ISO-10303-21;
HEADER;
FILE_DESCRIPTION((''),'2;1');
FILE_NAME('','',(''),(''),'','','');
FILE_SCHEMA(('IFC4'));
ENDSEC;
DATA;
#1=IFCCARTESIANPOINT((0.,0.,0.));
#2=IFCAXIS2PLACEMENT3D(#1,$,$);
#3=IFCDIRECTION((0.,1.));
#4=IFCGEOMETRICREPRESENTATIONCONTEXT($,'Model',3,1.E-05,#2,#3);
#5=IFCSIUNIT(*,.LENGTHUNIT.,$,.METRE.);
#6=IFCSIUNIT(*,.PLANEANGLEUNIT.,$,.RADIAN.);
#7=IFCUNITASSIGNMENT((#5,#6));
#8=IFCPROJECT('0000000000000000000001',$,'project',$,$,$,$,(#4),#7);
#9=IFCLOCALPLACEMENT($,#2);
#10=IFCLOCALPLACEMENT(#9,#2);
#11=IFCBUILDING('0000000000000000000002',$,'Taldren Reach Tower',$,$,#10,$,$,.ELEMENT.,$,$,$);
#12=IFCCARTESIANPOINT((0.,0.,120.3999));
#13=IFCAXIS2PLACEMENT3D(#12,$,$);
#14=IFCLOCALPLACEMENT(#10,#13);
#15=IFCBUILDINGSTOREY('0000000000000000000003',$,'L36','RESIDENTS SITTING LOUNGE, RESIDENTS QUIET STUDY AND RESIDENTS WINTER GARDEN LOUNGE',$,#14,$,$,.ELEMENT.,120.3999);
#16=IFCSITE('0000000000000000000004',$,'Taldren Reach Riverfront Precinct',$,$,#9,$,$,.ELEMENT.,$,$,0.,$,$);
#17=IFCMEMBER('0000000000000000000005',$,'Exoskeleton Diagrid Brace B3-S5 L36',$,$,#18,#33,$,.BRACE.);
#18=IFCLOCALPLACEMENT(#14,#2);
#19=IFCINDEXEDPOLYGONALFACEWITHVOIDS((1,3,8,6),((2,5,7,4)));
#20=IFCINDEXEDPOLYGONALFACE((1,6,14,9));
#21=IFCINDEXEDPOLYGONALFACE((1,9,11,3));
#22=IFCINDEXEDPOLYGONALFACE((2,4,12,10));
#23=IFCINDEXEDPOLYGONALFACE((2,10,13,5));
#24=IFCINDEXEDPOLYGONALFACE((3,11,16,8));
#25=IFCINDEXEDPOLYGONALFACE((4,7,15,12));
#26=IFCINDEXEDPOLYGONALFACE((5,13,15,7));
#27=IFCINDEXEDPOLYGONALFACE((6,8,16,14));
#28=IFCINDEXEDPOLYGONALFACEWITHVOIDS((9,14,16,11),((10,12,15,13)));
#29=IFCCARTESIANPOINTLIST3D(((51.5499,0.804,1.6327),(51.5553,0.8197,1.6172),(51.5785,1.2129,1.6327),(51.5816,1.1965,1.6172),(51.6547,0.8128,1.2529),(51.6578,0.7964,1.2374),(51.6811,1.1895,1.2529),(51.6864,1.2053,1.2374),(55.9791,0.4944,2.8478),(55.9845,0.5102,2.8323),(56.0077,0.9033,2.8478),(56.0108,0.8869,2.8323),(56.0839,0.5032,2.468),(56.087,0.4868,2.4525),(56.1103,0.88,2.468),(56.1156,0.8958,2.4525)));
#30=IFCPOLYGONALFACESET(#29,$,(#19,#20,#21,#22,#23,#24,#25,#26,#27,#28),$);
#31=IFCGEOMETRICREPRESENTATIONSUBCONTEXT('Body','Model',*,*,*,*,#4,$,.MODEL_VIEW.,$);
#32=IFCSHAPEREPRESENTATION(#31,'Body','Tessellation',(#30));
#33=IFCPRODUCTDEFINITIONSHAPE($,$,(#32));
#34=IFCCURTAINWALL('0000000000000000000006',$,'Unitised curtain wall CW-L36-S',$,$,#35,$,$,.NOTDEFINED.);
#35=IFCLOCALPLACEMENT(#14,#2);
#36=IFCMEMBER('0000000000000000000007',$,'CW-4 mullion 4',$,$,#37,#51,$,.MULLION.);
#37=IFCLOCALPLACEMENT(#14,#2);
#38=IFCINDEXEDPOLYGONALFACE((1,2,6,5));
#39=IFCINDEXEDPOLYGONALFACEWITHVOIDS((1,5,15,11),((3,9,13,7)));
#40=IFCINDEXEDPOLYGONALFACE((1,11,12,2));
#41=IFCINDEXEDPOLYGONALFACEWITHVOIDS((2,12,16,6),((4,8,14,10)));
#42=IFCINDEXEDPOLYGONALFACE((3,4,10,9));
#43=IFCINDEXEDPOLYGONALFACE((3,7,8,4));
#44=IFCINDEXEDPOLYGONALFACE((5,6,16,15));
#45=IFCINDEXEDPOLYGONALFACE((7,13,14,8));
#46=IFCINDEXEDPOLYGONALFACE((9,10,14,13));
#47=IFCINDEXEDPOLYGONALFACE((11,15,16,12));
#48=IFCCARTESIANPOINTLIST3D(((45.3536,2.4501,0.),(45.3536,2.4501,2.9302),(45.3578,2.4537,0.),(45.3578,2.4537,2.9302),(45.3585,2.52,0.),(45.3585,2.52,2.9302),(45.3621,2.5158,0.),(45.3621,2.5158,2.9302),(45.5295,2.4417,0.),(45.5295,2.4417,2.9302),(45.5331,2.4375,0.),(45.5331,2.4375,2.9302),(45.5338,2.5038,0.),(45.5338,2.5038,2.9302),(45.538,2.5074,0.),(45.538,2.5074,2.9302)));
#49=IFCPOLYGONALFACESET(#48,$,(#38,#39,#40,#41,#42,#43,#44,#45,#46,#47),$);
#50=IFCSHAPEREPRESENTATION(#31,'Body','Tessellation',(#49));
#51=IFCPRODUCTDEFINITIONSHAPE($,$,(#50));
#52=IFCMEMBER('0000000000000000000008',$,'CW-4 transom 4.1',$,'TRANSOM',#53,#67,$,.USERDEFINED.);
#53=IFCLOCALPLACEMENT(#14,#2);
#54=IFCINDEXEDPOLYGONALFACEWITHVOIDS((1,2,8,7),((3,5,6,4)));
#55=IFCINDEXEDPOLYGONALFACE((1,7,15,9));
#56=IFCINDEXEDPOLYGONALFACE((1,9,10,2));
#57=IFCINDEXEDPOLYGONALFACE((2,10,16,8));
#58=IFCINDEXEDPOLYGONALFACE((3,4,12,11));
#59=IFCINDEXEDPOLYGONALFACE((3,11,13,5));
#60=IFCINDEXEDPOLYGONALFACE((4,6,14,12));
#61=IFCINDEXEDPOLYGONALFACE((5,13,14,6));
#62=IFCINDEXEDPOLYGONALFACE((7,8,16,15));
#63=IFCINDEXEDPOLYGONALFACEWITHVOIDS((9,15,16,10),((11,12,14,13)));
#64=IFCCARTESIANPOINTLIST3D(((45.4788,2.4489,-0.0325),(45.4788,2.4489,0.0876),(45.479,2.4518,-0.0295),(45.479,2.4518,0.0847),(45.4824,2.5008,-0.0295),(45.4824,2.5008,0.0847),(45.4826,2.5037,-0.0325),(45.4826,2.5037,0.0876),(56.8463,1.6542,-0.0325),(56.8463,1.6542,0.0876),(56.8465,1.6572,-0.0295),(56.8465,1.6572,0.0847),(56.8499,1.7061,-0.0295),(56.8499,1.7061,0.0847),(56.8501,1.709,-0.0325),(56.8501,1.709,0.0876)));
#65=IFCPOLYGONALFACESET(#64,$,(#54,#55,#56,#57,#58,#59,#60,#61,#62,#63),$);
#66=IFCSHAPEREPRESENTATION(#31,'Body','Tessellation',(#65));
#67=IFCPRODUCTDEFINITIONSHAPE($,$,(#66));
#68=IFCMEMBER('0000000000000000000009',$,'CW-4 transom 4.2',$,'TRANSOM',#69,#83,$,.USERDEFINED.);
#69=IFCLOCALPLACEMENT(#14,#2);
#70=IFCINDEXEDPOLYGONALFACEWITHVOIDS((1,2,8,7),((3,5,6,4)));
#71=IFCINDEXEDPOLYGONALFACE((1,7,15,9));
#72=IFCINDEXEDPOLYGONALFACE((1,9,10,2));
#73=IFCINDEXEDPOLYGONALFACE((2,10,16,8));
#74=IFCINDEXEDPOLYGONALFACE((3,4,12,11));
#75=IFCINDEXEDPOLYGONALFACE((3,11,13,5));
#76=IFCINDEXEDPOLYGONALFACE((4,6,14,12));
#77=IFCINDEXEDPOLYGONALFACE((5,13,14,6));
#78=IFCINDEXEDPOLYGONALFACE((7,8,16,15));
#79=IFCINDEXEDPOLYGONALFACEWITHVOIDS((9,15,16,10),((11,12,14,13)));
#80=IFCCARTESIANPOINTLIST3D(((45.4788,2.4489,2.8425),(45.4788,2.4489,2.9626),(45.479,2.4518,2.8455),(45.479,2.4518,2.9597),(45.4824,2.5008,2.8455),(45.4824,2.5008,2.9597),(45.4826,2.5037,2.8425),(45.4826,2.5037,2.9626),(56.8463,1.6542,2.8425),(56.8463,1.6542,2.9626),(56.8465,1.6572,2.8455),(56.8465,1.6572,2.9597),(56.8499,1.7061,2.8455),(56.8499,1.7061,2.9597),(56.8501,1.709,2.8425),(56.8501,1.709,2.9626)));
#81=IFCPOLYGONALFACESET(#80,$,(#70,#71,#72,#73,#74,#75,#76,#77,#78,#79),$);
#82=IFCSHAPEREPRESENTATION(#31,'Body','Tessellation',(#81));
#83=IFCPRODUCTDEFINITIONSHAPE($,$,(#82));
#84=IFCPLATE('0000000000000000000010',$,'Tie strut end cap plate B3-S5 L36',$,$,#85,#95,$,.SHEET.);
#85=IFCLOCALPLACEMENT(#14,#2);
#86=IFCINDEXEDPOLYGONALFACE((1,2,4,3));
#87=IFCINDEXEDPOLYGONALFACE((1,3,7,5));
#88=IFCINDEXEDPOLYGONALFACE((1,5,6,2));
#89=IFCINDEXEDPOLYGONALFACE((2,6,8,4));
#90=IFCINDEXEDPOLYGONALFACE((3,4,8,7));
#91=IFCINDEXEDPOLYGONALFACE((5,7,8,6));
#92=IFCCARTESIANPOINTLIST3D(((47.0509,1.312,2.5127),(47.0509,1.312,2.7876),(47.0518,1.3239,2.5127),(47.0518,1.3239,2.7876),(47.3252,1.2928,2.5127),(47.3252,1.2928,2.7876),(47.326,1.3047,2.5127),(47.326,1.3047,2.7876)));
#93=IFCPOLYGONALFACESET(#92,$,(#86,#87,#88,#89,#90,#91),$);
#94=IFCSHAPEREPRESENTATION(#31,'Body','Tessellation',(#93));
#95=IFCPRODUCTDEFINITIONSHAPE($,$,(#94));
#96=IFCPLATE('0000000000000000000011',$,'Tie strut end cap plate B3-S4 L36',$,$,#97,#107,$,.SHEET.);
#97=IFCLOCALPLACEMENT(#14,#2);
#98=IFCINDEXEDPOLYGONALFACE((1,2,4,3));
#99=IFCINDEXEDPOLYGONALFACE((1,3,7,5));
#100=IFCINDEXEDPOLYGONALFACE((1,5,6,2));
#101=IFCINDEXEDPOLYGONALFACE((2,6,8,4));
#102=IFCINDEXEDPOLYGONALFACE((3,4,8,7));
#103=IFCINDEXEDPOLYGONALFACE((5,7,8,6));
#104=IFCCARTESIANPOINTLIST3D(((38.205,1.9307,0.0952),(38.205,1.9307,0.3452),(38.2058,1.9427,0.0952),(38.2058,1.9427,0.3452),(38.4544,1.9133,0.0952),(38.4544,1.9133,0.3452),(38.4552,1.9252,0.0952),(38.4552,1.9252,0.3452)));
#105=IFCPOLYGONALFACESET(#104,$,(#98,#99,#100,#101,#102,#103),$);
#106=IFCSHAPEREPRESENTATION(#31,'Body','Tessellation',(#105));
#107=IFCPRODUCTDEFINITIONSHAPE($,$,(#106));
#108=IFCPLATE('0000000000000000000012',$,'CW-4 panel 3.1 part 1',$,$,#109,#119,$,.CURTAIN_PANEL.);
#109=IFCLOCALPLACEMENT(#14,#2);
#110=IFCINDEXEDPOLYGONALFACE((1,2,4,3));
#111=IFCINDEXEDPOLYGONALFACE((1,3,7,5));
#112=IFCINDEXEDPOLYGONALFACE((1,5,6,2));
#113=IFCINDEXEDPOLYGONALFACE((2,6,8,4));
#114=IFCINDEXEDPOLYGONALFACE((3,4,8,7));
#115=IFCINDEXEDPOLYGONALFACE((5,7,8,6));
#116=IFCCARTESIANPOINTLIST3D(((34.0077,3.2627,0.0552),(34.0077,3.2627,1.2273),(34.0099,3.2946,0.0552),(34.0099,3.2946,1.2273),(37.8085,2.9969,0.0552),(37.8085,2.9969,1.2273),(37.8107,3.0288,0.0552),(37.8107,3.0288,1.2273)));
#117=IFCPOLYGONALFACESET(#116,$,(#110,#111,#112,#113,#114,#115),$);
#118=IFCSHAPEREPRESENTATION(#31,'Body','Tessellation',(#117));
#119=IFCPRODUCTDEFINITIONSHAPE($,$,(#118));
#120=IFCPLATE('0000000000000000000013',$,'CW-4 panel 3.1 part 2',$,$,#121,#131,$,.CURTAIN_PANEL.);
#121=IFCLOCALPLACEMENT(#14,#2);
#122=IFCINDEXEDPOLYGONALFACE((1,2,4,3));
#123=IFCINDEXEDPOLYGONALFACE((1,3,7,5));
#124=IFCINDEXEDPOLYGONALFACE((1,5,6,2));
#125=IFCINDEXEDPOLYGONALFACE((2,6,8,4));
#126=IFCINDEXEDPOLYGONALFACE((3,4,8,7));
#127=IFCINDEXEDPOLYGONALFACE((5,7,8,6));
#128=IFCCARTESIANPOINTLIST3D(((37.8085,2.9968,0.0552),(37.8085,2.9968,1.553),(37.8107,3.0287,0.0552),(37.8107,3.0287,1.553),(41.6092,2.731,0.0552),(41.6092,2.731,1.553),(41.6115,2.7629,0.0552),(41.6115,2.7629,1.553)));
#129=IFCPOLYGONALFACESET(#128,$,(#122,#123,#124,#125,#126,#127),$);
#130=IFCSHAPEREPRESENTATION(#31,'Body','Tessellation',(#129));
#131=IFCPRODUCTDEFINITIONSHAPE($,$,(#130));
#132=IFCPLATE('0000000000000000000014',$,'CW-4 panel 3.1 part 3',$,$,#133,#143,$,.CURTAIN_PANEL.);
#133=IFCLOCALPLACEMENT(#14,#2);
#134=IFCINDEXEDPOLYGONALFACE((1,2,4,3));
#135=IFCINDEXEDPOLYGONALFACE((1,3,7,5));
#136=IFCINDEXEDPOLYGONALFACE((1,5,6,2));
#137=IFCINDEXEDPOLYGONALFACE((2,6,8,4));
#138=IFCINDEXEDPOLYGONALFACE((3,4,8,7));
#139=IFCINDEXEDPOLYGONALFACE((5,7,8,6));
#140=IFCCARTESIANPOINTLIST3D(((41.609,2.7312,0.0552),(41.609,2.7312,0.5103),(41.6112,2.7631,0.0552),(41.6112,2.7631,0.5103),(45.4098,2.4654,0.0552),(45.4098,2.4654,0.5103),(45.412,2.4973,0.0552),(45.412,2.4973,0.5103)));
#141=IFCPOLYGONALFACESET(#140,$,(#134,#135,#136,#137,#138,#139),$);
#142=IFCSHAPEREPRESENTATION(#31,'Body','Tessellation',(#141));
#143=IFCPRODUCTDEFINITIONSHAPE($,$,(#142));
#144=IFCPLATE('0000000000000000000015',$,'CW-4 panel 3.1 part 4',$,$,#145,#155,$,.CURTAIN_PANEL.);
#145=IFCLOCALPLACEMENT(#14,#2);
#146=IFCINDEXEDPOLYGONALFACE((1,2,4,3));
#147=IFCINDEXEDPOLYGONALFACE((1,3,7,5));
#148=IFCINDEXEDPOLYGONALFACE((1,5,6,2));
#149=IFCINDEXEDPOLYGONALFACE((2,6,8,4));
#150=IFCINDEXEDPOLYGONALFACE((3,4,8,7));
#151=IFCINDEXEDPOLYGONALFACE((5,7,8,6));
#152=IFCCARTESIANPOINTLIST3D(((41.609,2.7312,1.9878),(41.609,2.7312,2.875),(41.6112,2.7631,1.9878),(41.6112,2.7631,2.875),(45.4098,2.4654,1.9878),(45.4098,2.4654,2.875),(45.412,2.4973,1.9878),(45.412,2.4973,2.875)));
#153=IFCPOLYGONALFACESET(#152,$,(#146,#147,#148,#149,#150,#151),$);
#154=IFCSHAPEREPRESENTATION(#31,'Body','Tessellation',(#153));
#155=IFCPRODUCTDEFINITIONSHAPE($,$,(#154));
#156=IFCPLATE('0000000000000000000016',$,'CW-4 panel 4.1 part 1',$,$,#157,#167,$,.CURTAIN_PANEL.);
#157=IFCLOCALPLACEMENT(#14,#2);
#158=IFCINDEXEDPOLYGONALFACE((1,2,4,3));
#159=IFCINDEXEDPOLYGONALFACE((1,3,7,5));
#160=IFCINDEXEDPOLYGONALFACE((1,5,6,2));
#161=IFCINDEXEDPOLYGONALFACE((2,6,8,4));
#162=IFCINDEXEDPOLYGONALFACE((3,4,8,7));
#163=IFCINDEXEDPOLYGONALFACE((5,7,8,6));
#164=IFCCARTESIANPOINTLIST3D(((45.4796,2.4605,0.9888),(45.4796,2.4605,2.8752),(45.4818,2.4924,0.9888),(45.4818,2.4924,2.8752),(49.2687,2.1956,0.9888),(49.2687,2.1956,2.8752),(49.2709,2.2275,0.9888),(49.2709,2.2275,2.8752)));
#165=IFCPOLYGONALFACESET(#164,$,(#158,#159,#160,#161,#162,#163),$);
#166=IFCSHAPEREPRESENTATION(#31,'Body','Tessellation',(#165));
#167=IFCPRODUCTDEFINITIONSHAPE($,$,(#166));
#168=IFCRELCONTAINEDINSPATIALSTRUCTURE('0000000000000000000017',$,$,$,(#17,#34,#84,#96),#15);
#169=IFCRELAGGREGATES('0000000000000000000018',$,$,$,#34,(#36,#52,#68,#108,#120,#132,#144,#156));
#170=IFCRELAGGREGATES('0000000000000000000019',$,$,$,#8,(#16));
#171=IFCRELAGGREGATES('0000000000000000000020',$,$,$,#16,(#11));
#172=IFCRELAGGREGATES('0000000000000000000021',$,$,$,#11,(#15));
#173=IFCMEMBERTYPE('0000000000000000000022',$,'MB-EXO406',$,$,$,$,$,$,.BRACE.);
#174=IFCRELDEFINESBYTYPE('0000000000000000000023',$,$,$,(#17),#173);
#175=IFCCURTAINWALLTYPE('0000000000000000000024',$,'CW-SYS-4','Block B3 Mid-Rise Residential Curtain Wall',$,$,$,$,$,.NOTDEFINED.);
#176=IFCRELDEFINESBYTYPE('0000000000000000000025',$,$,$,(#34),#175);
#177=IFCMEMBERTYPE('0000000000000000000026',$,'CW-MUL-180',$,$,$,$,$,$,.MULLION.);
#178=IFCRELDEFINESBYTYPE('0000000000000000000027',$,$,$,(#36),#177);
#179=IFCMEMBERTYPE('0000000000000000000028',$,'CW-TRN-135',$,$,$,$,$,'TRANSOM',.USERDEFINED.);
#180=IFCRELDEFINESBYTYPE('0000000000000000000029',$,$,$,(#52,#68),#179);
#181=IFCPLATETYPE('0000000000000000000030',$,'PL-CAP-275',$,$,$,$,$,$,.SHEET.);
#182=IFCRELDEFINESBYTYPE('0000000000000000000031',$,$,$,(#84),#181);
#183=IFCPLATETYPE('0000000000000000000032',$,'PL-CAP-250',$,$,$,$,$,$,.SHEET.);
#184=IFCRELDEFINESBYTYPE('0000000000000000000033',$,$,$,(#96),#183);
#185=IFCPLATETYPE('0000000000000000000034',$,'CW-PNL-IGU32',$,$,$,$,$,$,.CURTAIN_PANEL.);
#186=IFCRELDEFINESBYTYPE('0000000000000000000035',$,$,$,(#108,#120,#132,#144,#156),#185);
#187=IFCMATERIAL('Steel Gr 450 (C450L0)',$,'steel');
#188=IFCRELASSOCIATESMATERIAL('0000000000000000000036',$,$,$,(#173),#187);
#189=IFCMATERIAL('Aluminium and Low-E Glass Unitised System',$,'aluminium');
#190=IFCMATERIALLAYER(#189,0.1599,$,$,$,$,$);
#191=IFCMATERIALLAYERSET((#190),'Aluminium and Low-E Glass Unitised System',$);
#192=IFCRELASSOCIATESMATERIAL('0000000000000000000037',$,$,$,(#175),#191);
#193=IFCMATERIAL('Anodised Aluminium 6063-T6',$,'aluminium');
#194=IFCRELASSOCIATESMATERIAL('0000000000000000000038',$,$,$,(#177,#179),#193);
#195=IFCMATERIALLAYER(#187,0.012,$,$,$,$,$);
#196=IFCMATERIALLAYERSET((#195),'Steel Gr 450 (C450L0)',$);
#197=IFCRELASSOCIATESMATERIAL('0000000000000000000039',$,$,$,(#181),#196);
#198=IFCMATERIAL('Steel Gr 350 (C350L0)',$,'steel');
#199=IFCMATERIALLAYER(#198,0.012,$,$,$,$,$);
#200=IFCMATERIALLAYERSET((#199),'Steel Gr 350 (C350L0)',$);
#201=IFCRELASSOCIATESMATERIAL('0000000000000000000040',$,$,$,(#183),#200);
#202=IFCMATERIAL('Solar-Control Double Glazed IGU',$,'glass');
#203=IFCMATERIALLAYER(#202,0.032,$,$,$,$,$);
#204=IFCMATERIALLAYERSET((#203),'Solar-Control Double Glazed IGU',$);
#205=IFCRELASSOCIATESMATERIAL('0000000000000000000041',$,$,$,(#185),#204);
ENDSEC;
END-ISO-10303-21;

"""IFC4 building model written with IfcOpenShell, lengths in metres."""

from ifc_helpers import new_model, si_unit, direction, frame, origin, origin_2d, place, context, subcontext, project, spatial, rectangle, hollow_rectangle, extrude, source, transform, mapped, material, layer, layer_set, material_profile, profile_set, type_object, element, aggregate, save


model = new_model("IFC4")

# Units and contexts
model_context = context("Model", 3, precision=1e-05, world=origin(), true_north=direction((0.0, 1.0)))
body_context = subcontext(model_context, "Body", "Model", "MODEL_VIEW")
ifc_project = project(units=[si_unit("LENGTHUNIT", "METRE"), si_unit("PLANEANGLEUNIT", "RADIAN")], contexts=[model_context])

# Site, building, storey
site_placement = place(None, origin())
site = spatial("IfcSite", under=ifc_project, at=site_placement, Name="Taldren Reach Riverfront Precinct", CompositionType="ELEMENT", RefElevation=0.0)
building_placement = place(site_placement, origin())
building = spatial("IfcBuilding", under=site, at=building_placement, Name="Taldren Reach Tower", CompositionType="ELEMENT")
storey_placement = place(building_placement, frame((0.0, 0.0, 120.3999)))
storey = spatial("IfcBuildingStorey", under=building, at=storey_placement, Name="L36", Description="RESIDENTS SITTING LOUNGE, RESIDENTS QUIET STUDY AND RESIDENTS WINTER GARDEN LOUNGE", CompositionType="ELEMENT", Elevation=120.3999)

# Shared definitions
ifc_material_1 = material(Name="Steel Gr 450 (C450L0)", Category="steel")
ifc_material_2 = material(Name="Steel Gr 350 (C350L0)", Category="steel")

# Member
ifc_material_profile_1 = material_profile(ifc_material_1, hollow_rectangle(XDim=0.4099, YDim=0.4099, WallThickness=0.0161, at=origin_2d()), Name="410x410x16.0SHS")
ifc_profile_set_1 = profile_set([ifc_material_profile_1], Name="Steel Gr 450 (C450L0)")
member_type_1 = type_object("IfcMemberType", Name="MB-EXO406", PredefinedType="BRACE", material=ifc_profile_set_1)
shared_shape_1 = source(origin(), body_context, "Body", "SweptSolid", [
    extrude(hollow_rectangle(XDim=0.4099, YDim=0.4099, WallThickness=0.0161, at=origin_2d()), origin(), (0.0, 0.0, 1.0), 4.6033),
])
for number, where, z_axis, x_axis, name in (
    (1, (51.6182, 1.0046, 1.4351), (0.962186, -0.06725, 0.263962), (0.069723, 0.997566, 0.0), "Exoskeleton Diagrid Brace B3-S5 L36"),
):
    element("IfcMember", number, at=place(storey_placement, frame(where, z_axis=z_axis, x_axis=x_axis)), inside=storey, type_object=member_type_1, Name=name, PredefinedType="BRACE", context=body_context, shape_type="MappedRepresentation", body=[
        mapped(shared_shape_1, transform((0.0, 0.0, 0.0), scale=1.0)),
    ])

# Curtain wall, members
ifc_material_3 = material(Name="Aluminium and Low-E Glass Unitised System", Category="aluminium")
ifc_layer_1 = layer(ifc_material_3, 0.1599)
ifc_layer_set_1 = layer_set([ifc_layer_1], Name="Aluminium and Low-E Glass Unitised System")
curtain_wall_type = type_object("IfcCurtainWallType", Name="CW-SYS-4", Description="Block B3 Mid-Rise Residential Curtain Wall", PredefinedType="NOTDEFINED", material=ifc_layer_set_1)
curtain_wall_placement = place(storey_placement, origin())
curtain_wall = element("IfcCurtainWall", 2, at=curtain_wall_placement, inside=storey, type_object=curtain_wall_type, Name="Unitised curtain wall CW-L36-S", PredefinedType="NOTDEFINED")
ifc_material_4 = material(Name="Anodised Aluminium 6063-T6", Category="aluminium")
ifc_material_profile_2 = material_profile(ifc_material_4, hollow_rectangle(XDim=0.0701, YDim=0.1799, WallThickness=0.0039, at=origin_2d()), Name="ALU-180x70x4RHS")
ifc_profile_set_2 = profile_set([ifc_material_profile_2], Name="Anodised Aluminium 6063-T6")
member_type_2 = type_object("IfcMemberType", Name="CW-MUL-180", PredefinedType="MULLION", material=ifc_profile_set_2)
shared_shape_2 = source(origin(), body_context, "Body", "SweptSolid", [
    extrude(hollow_rectangle(XDim=0.0701, YDim=0.1799, WallThickness=0.0039, at=origin_2d()), origin(), (0.0, 0.0, 1.0), 2.9302),
])
member_1_placement = place(storey_placement, frame((45.4458, 2.4788, 0.0), z_axis=(0.0, 0.0, 1.0), x_axis=(0.069757, 0.997564, 0.0)))
member_1 = element("IfcMember", 3, at=member_1_placement, type_object=member_type_2, Name="CW-4 mullion 4", PredefinedType="MULLION", context=body_context, shape_type="MappedRepresentation", body=[
    mapped(shared_shape_2, transform((0.0, 0.0, 0.0), scale=1.0)),
])
ifc_material_profile_3 = material_profile(ifc_material_4, hollow_rectangle(XDim=0.0549, YDim=0.1201, WallThickness=0.0029, at=origin_2d()), Name="ALU-120x55x3RHS")
ifc_profile_set_3 = profile_set([ifc_material_profile_3], Name="Anodised Aluminium 6063-T6")
member_type_3 = type_object("IfcMemberType", Name="CW-TRN-135", ElementType="TRANSOM", PredefinedType="USERDEFINED", material=ifc_profile_set_3)
shared_shape_3 = source(origin(), body_context, "Body", "SweptSolid", [
    extrude(hollow_rectangle(XDim=0.0549, YDim=0.1201, WallThickness=0.0029, at=origin_2d()), origin(), (0.0, 0.0, 1.0), 11.3953),
])
member_2_placement = place(storey_placement, frame((45.4807, 2.4763, 0.0276), z_axis=(0.997565, -0.069738, 0.0), x_axis=(0.069738, 0.997565, 0.0)))
member_2 = element("IfcMember", 4, at=member_2_placement, type_object=member_type_3, Name="CW-4 transom 4.1", ObjectType="TRANSOM", PredefinedType="USERDEFINED", context=body_context, shape_type="MappedRepresentation", body=[
    mapped(shared_shape_3, transform((0.0, 0.0, 0.0), scale=1.0)),
])
member_3_placement = place(storey_placement, frame((45.4807, 2.4763, 2.9026), z_axis=(0.997565, -0.069738, 0.0), x_axis=(0.069738, 0.997565, 0.0)))
member_3 = element("IfcMember", 5, at=member_3_placement, type_object=member_type_3, Name="CW-4 transom 4.2", ObjectType="TRANSOM", PredefinedType="USERDEFINED", context=body_context, shape_type="MappedRepresentation", body=[
    mapped(shared_shape_3, transform((0.0, 0.0, 0.0), scale=1.0)),
])

# Plates
ifc_layer_2 = layer(ifc_material_1, 0.012)
ifc_layer_set_2 = layer_set([ifc_layer_2], Name="Steel Gr 450 (C450L0)")
plate_type_1 = type_object("IfcPlateType", Name="PL-CAP-275", PredefinedType="SHEET", material=ifc_layer_set_2)
shared_shape_4 = source(origin(), body_context, "Body", "SweptSolid", [
    extrude(rectangle(XDim=0.2749, YDim=0.012, at=origin_2d()), origin(), (0.0, 0.0, 1.0), 0.2749),
])
plate_1_placement = place(storey_placement, frame((47.1885, 1.3083, 2.5127), z_axis=(0.0, 0.0, 1.0), x_axis=(0.997564, -0.069756, 0.0)))
element("IfcPlate", 6, at=plate_1_placement, inside=storey, type_object=plate_type_1, Name="Tie strut end cap plate B3-S5 L36", PredefinedType="SHEET", context=body_context, shape_type="MappedRepresentation", body=[
    mapped(shared_shape_4, transform((0.0, 0.0, 0.0), scale=1.0)),
])
ifc_layer_3 = layer(ifc_material_2, 0.012)
ifc_layer_set_3 = layer_set([ifc_layer_3], Name="Steel Gr 350 (C350L0)")
plate_type_2 = type_object("IfcPlateType", Name="PL-CAP-250", PredefinedType="SHEET", material=ifc_layer_set_3)
shared_shape_5 = source(origin(), body_context, "Body", "SweptSolid", [
    extrude(rectangle(XDim=0.25, YDim=0.012, at=origin_2d()), origin(), (0.0, 0.0, 1.0), 0.25),
])
plate_2_placement = place(storey_placement, frame((38.3301, 1.928, 0.0952), z_axis=(0.0, 0.0, 1.0), x_axis=(0.997564, -0.069756, 0.0)))
element("IfcPlate", 7, at=plate_2_placement, inside=storey, type_object=plate_type_2, Name="Tie strut end cap plate B3-S4 L36", PredefinedType="SHEET", context=body_context, shape_type="MappedRepresentation", body=[
    mapped(shared_shape_5, transform((0.0, 0.0, 0.0), scale=1.0)),
])

# Plates
ifc_material_5 = material(Name="Solar-Control Double Glazed IGU", Category="glass")
ifc_layer_4 = layer(ifc_material_5, 0.032)
ifc_layer_set_4 = layer_set([ifc_layer_4], Name="Solar-Control Double Glazed IGU")
plate_type_3 = type_object("IfcPlateType", Name="CW-PNL-IGU32", PredefinedType="CURTAIN_PANEL", material=ifc_layer_set_4)
shared_shape_6 = source(origin(), body_context, "Body", "SweptSolid", [
    extrude(rectangle(XDim=3.8101, YDim=0.032, at=origin_2d()), origin(), (0.0, 0.0, 1.0), 1.1721),
])
plate_3_placement = place(storey_placement, frame((35.9092, 3.1458, 0.0552), z_axis=(0.0, 0.0, 1.0), x_axis=(0.997564, -0.069757, 0.0)))
plate_3 = element("IfcPlate", 8, at=plate_3_placement, type_object=plate_type_3, Name="CW-4 panel 3.1 part 1", PredefinedType="CURTAIN_PANEL", context=body_context, shape_type="MappedRepresentation", body=[
    mapped(shared_shape_6, transform((0.0, 0.0, 0.0), scale=1.0)),
])
shared_shape_7 = source(origin(), body_context, "Body", "SweptSolid", [
    extrude(rectangle(XDim=3.8101, YDim=0.032, at=origin_2d()), origin(), (0.0, 0.0, 1.0), 1.4978),
])
plate_4_placement = place(storey_placement, frame((39.71, 2.8799, 0.0552), z_axis=(0.0, 0.0, 1.0), x_axis=(0.997564, -0.069757, 0.0)))
plate_4 = element("IfcPlate", 9, at=plate_4_placement, type_object=plate_type_3, Name="CW-4 panel 3.1 part 2", PredefinedType="CURTAIN_PANEL", context=body_context, shape_type="MappedRepresentation", body=[
    mapped(shared_shape_7, transform((0.0, 0.0, 0.0), scale=1.0)),
])
shared_shape_8 = source(origin(), body_context, "Body", "SweptSolid", [
    extrude(rectangle(XDim=3.8101, YDim=0.032, at=origin_2d()), origin(), (0.0, 0.0, 1.0), 0.4551),
])
plate_5_placement = place(storey_placement, frame((43.5105, 2.6143, 0.0552), z_axis=(0.0, 0.0, 1.0), x_axis=(0.997564, -0.069757, 0.0)))
plate_5 = element("IfcPlate", 10, at=plate_5_placement, type_object=plate_type_3, Name="CW-4 panel 3.1 part 3", PredefinedType="CURTAIN_PANEL", context=body_context, shape_type="MappedRepresentation", body=[
    mapped(shared_shape_8, transform((0.0, 0.0, 0.0), scale=1.0)),
])
shared_shape_9 = source(origin(), body_context, "Body", "SweptSolid", [
    extrude(rectangle(XDim=3.8101, YDim=0.032, at=origin_2d()), origin(), (0.0, 0.0, 1.0), 0.8872),
])
plate_6_placement = place(storey_placement, frame((43.5105, 2.6143, 1.9878), z_axis=(0.0, 0.0, 1.0), x_axis=(0.997564, -0.069757, 0.0)))
plate_6 = element("IfcPlate", 11, at=plate_6_placement, type_object=plate_type_3, Name="CW-4 panel 3.1 part 4", PredefinedType="CURTAIN_PANEL", context=body_context, shape_type="MappedRepresentation", body=[
    mapped(shared_shape_9, transform((0.0, 0.0, 0.0), scale=1.0)),
])
shared_shape_10 = source(origin(), body_context, "Body", "SweptSolid", [
    extrude(rectangle(XDim=3.7983, YDim=0.032, at=origin_2d()), origin(), (0.0, 0.0, 1.0), 1.8865),
])
plate_7_placement = place(storey_placement, frame((47.3752, 2.344, 0.9888), z_axis=(0.0, 0.0, 1.0), x_axis=(0.997564, -0.069757, 0.0)))
plate_7 = element("IfcPlate", 12, at=plate_7_placement, type_object=plate_type_3, Name="CW-4 panel 4.1 part 1", PredefinedType="CURTAIN_PANEL", context=body_context, shape_type="MappedRepresentation", body=[
    mapped(shared_shape_10, transform((0.0, 0.0, 0.0), scale=1.0)),
])
aggregate(curtain_wall, [member_1, member_2, member_3, plate_3, plate_4, plate_5, plate_6, plate_7])

save(model, "model.ifc")
